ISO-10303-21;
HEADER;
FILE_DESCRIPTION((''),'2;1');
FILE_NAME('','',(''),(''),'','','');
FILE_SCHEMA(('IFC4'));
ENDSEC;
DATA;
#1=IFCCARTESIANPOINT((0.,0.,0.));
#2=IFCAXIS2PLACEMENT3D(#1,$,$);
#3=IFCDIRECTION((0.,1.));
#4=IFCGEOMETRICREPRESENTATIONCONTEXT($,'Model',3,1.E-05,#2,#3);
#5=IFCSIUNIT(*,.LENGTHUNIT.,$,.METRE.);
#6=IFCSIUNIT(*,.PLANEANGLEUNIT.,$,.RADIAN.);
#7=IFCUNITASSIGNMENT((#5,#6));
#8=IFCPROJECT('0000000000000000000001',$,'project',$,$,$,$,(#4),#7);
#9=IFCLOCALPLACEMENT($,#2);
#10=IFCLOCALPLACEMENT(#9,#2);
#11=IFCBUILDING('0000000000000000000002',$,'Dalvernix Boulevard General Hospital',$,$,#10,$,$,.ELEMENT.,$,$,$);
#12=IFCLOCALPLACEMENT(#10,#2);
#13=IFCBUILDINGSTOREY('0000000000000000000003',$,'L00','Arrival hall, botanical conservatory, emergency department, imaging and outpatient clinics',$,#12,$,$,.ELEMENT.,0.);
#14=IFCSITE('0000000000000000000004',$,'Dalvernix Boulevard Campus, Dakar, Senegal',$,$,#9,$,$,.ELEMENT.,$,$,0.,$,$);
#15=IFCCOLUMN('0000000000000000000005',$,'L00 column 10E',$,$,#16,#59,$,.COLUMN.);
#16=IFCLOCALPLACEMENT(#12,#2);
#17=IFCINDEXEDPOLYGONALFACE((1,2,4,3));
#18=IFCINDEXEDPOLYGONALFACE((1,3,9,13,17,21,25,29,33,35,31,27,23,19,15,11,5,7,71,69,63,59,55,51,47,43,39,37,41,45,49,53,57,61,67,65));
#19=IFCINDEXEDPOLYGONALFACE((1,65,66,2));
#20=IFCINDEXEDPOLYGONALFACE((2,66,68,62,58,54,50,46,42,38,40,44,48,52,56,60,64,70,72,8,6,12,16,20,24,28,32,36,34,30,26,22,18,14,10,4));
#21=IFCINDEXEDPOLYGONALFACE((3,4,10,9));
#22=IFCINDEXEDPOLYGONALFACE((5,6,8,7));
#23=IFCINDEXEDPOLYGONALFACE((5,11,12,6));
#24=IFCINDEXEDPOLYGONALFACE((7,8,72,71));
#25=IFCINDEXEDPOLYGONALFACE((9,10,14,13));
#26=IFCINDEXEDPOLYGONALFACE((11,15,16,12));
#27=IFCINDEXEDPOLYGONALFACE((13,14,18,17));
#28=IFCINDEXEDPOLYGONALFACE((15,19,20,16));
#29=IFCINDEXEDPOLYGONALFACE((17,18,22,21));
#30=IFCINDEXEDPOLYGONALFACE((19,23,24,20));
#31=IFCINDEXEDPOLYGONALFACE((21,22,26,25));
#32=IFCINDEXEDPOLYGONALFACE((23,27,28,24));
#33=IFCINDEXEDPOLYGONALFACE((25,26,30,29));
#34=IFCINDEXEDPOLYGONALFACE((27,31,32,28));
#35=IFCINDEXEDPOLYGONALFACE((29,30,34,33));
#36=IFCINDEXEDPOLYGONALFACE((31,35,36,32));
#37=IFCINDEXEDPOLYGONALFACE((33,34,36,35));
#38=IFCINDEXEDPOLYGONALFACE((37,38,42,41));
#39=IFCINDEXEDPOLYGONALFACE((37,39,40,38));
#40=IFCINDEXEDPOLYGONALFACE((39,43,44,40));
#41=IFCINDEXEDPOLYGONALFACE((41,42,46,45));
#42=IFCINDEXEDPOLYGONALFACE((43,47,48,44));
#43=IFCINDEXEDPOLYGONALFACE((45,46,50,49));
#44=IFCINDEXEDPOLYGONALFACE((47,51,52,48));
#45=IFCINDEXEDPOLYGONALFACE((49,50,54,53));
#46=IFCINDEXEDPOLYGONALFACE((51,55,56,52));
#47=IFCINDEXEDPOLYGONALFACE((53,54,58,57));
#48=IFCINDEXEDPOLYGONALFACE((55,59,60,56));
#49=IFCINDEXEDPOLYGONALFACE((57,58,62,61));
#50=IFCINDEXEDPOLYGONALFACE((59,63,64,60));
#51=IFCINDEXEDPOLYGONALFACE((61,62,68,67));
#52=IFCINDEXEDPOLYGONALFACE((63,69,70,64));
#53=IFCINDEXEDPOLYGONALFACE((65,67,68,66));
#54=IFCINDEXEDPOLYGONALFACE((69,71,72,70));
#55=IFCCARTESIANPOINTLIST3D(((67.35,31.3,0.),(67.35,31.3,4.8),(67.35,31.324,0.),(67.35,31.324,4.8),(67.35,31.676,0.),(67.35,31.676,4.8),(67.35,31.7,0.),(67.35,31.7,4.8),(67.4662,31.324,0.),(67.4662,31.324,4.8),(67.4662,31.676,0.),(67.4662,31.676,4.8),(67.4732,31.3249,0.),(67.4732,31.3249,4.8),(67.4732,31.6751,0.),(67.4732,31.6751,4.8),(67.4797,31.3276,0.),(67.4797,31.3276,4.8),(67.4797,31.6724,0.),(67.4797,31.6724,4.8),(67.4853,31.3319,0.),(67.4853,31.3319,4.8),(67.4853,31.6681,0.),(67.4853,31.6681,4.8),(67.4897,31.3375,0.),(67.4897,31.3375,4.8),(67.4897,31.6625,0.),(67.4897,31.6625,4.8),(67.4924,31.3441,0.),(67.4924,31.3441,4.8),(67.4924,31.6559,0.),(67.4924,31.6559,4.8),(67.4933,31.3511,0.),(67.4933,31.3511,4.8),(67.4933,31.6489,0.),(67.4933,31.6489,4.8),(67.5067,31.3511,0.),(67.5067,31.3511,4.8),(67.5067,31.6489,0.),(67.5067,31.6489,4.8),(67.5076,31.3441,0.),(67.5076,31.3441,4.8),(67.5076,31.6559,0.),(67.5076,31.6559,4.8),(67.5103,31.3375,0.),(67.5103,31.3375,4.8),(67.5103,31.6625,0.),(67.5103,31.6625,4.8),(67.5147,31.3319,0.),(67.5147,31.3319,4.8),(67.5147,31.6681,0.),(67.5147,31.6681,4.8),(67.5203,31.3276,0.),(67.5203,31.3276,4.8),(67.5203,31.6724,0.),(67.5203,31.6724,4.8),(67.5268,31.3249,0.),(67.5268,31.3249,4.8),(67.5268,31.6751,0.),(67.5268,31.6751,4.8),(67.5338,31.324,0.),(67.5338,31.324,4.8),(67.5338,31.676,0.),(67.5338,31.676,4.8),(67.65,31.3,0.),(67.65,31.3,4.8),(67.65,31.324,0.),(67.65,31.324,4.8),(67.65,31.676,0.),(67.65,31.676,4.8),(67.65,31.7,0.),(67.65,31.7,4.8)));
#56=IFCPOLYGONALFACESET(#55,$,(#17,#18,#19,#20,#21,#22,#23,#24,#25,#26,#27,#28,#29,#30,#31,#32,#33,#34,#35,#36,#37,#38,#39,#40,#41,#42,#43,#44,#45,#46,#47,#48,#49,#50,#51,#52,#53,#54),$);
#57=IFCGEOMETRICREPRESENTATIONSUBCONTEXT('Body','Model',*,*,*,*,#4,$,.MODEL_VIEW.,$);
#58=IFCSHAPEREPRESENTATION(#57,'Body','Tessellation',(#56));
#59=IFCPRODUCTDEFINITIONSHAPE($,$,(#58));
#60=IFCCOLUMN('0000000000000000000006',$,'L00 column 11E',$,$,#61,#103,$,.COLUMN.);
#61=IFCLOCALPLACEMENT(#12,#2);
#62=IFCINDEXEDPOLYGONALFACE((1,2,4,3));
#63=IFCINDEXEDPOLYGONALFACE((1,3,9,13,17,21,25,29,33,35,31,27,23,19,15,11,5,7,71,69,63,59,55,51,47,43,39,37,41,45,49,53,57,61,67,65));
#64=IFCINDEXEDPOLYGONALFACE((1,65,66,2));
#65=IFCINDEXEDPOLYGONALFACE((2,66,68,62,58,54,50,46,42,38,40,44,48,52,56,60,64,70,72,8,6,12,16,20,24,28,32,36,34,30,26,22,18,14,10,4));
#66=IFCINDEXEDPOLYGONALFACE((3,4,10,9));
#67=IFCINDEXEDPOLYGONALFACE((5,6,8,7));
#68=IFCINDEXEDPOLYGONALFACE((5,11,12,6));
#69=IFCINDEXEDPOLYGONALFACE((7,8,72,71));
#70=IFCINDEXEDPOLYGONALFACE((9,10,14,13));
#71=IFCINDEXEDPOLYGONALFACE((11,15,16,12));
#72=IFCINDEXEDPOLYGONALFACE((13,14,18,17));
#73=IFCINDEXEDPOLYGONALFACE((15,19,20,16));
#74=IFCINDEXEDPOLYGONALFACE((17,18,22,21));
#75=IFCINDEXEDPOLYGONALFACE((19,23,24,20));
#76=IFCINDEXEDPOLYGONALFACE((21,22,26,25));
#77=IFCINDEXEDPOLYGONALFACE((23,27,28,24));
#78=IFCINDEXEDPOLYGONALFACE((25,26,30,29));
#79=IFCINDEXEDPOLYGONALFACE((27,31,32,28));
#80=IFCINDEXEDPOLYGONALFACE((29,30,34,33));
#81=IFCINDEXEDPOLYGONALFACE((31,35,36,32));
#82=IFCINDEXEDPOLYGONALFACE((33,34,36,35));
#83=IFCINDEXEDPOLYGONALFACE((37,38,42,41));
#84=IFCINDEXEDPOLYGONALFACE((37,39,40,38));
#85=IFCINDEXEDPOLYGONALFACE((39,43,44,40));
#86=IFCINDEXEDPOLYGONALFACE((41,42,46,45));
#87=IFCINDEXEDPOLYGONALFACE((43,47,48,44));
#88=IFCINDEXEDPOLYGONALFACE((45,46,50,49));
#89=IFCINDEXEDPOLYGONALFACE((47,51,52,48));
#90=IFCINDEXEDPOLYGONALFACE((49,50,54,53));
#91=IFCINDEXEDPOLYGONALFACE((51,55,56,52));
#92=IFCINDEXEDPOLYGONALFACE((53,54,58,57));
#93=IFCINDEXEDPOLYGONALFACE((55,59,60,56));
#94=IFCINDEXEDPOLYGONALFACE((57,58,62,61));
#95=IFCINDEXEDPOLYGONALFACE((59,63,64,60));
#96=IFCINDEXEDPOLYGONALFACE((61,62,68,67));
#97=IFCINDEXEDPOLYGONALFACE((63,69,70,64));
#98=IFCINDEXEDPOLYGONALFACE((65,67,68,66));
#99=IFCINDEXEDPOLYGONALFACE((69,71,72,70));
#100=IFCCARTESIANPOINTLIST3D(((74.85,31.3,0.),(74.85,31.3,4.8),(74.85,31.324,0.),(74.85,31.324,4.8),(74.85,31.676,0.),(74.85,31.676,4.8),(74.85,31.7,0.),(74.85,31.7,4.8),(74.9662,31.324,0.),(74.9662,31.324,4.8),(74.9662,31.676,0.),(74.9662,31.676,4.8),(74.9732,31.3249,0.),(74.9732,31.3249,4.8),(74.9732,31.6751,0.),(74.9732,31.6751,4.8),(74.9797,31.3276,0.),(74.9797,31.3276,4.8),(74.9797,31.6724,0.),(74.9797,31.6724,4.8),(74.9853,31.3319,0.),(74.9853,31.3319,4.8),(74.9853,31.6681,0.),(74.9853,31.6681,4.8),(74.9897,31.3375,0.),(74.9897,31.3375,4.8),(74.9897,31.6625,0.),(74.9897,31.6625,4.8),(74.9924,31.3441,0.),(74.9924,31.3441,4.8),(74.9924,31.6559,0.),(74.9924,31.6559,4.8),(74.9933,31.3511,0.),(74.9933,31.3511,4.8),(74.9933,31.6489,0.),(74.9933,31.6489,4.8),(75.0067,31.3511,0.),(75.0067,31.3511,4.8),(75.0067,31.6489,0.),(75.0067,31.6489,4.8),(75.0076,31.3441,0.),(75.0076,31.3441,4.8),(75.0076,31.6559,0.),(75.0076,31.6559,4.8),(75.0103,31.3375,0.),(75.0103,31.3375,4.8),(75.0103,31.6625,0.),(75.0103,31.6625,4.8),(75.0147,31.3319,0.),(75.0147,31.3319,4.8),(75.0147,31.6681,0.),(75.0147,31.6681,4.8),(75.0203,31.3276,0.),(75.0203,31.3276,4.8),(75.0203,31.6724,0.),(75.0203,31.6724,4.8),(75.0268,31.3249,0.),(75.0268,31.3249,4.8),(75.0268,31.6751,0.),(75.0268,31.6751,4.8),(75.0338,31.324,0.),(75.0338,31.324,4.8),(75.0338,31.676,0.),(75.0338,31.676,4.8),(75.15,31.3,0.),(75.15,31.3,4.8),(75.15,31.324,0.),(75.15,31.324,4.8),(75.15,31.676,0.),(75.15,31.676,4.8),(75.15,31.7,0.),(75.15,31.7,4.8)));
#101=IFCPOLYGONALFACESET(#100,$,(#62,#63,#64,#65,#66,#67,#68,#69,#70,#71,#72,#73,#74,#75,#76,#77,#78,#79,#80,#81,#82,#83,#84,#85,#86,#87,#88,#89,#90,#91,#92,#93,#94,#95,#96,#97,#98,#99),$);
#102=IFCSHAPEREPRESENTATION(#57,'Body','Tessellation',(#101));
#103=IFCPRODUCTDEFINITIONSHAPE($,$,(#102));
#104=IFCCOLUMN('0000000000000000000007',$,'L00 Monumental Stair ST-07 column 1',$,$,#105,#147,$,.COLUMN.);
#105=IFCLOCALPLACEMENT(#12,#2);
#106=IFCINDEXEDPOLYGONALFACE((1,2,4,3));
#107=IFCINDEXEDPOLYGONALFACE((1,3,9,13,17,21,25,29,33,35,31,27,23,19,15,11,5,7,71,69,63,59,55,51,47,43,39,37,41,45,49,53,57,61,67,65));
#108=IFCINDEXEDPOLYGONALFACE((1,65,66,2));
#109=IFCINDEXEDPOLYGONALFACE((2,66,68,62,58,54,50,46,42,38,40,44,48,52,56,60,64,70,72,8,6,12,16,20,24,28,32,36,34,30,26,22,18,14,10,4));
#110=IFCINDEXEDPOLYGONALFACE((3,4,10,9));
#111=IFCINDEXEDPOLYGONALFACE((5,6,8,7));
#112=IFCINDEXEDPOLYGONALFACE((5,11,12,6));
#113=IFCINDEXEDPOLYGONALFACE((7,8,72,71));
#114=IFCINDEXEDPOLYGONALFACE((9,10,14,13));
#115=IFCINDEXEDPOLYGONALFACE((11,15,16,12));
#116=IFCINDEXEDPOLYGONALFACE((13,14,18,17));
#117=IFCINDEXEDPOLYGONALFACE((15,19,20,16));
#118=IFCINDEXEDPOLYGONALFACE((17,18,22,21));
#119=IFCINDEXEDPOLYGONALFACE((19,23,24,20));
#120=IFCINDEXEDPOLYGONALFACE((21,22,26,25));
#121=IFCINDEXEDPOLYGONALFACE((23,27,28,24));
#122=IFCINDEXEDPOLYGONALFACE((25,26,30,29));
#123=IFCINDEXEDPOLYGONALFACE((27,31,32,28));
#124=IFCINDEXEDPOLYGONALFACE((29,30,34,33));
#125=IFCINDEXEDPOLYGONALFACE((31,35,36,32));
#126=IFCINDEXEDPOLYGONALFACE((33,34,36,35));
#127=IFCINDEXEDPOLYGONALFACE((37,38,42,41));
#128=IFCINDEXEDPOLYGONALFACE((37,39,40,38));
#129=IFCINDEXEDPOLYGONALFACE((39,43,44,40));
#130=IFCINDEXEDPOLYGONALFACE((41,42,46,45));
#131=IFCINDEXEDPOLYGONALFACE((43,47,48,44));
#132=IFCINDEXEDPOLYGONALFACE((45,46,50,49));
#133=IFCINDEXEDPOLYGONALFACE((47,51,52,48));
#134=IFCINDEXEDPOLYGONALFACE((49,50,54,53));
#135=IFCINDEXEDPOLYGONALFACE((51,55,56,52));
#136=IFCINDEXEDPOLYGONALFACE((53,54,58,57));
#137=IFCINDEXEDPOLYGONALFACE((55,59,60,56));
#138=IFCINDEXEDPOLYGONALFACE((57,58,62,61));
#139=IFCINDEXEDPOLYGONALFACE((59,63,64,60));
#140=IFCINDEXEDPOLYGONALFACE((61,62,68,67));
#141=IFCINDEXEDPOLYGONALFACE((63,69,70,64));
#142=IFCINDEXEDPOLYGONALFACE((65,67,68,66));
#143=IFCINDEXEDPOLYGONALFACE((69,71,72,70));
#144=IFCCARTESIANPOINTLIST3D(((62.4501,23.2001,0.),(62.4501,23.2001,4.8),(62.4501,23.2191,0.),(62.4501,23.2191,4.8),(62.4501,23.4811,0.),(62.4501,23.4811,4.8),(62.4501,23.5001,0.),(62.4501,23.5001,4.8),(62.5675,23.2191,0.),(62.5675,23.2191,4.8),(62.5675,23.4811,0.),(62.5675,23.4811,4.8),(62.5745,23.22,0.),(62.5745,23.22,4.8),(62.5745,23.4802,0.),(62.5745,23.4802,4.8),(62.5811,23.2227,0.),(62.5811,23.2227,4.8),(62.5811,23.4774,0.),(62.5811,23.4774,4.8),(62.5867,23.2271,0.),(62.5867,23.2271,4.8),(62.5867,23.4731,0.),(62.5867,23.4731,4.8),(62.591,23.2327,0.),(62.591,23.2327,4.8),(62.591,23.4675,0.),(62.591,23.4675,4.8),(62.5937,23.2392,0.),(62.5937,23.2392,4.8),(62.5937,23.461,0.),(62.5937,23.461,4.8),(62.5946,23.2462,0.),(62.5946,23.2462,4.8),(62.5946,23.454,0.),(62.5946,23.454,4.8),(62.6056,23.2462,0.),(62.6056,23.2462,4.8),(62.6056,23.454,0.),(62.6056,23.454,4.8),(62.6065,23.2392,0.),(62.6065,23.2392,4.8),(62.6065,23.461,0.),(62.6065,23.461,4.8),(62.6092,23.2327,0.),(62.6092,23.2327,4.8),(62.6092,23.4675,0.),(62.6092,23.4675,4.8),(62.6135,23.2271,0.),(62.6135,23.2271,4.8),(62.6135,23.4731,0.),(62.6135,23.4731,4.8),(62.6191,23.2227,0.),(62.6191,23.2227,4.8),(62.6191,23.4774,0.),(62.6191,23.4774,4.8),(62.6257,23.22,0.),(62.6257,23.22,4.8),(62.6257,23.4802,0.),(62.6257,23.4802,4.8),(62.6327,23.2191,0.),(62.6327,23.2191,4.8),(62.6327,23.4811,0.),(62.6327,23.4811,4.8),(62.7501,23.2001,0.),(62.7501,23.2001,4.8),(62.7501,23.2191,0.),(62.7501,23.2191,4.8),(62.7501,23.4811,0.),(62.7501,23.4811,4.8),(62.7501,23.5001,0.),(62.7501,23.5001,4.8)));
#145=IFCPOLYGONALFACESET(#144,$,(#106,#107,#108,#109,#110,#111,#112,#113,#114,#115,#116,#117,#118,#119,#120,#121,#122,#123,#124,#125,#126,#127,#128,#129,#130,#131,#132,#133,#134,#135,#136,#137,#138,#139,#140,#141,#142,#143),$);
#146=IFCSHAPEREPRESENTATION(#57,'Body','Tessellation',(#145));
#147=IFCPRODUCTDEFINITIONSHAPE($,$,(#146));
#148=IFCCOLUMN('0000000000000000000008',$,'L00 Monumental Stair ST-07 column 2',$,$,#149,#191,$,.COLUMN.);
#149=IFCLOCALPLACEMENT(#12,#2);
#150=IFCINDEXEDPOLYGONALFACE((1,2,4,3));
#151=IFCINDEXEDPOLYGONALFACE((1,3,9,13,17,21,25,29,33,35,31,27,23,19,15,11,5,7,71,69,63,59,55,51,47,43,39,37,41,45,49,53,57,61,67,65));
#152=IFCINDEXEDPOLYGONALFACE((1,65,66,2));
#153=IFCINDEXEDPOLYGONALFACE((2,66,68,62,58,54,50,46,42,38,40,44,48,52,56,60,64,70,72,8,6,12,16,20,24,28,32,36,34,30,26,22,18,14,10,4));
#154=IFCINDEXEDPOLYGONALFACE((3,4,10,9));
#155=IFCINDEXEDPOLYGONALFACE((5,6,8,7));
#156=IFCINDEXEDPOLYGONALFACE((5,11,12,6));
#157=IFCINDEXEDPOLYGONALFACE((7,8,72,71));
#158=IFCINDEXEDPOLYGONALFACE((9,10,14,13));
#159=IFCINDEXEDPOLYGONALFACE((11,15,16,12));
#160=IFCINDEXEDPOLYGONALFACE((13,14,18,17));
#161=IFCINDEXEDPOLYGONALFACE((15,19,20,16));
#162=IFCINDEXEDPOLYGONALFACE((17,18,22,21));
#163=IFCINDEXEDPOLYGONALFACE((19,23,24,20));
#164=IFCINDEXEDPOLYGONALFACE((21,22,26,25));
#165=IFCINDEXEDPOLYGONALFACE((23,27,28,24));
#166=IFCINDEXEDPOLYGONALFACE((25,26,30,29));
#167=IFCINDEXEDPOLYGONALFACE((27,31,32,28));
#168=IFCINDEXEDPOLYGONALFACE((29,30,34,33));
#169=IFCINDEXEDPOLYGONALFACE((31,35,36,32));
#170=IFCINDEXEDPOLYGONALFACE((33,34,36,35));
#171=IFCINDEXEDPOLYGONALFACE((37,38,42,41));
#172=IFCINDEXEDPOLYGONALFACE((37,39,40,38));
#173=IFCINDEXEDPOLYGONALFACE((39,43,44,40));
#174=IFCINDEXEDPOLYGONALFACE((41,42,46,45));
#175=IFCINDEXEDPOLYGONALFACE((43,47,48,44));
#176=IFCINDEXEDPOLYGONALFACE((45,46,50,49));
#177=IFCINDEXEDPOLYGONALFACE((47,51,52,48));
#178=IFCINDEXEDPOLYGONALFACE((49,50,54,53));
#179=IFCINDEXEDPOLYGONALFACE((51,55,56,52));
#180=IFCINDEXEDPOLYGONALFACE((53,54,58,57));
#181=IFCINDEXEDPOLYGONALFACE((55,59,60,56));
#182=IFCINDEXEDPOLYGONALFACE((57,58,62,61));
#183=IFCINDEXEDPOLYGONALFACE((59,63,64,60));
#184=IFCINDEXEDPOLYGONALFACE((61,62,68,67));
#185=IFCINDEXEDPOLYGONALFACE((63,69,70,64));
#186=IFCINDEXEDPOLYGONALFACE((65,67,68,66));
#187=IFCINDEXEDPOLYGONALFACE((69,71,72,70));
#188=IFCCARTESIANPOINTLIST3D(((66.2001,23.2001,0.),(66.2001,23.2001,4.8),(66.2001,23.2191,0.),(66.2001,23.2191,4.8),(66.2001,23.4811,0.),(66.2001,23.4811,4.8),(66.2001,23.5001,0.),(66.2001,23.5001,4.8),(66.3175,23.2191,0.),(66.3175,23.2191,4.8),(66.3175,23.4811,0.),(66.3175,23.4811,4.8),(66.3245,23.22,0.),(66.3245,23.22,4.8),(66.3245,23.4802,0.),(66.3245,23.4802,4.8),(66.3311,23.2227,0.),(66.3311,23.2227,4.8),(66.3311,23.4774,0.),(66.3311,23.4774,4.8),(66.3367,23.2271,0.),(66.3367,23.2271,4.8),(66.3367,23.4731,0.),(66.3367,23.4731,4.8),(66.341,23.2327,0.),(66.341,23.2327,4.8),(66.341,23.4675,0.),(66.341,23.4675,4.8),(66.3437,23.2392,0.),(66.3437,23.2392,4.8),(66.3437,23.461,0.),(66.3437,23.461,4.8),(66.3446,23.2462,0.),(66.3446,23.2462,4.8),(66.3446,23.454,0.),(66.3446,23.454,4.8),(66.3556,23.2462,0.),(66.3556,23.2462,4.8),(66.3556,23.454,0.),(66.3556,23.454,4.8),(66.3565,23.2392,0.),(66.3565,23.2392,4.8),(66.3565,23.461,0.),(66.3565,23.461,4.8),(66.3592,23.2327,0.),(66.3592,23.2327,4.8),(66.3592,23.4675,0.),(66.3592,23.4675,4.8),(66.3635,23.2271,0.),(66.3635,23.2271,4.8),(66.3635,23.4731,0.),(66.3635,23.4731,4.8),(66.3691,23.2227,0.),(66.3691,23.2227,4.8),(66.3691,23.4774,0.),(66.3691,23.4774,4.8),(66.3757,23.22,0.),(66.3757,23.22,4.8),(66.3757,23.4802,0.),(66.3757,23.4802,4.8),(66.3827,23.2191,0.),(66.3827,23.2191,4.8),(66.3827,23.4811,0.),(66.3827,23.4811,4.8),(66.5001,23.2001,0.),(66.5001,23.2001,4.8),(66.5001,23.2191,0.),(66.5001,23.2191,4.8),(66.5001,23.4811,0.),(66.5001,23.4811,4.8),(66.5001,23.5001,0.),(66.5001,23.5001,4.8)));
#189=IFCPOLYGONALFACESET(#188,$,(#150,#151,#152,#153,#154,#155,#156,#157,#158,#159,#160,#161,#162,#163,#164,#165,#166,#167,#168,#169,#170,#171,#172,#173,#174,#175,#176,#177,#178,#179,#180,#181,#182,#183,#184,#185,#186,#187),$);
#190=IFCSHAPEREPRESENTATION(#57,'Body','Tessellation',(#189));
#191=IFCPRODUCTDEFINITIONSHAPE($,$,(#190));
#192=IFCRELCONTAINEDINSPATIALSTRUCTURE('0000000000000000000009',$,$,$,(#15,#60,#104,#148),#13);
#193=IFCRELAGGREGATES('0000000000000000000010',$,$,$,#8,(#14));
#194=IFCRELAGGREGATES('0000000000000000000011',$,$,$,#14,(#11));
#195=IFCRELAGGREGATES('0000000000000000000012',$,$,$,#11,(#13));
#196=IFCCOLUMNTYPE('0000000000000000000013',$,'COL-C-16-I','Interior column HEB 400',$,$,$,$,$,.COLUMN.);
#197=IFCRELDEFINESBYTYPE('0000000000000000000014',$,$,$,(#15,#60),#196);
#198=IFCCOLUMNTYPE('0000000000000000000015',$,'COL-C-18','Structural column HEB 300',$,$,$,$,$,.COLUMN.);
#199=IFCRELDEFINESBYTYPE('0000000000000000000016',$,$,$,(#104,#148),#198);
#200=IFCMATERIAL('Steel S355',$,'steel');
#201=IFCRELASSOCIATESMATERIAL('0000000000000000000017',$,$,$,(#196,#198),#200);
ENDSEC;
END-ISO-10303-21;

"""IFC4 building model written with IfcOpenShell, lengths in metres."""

from ifc_helpers import new_model, si_unit, direction, frame, origin, origin_2d, place, context, subcontext, project, spatial, i_section, extrude, material, material_profile, profile_set, type_object, element, save


model = new_model("IFC4")

# Units and contexts
model_context = context("Model", 3, precision=1e-05, world=origin(), true_north=direction((0.0, 1.0)))
body_context = subcontext(model_context, "Body", "Model", "MODEL_VIEW")
ifc_project = project(units=[si_unit("LENGTHUNIT", "METRE"), si_unit("PLANEANGLEUNIT", "RADIAN")], contexts=[model_context])

# Site, building, storey
site_placement = place(None, origin())
site = spatial("IfcSite", under=ifc_project, at=site_placement, Name="Dalvernix Boulevard Campus, Dakar, Senegal", CompositionType="ELEMENT", RefElevation=0.0)
building_placement = place(site_placement, origin())
building = spatial("IfcBuilding", under=site, at=building_placement, Name="Dalvernix Boulevard General Hospital", CompositionType="ELEMENT")
storey_placement = place(building_placement, origin())
storey = spatial("IfcBuildingStorey", under=building, at=storey_placement, Name="L00", Description="Arrival hall, botanical conservatory, emergency department, imaging and outpatient clinics", CompositionType="ELEMENT", Elevation=0.0)

# Columns
ifc_material_1 = material(Name="Steel S355", Category="steel")
ifc_material_profile_1 = material_profile(ifc_material_1, i_section(OverallWidth=0.3, OverallDepth=0.3999, WebThickness=0.0134, FlangeThickness=0.0239, FilletRadius=0.0271, at=origin_2d()), Name="HEB 400")
ifc_profile_set_1 = profile_set([ifc_material_profile_1], Name="Steel S355")
column_type_1 = type_object("IfcColumnType", Name="COL-C-16-I", Description="Interior column HEB 400", PredefinedType="COLUMN", material=ifc_profile_set_1)
for number, where, z_axis, x_axis, name in (
    (1, (67.5, 31.5, 0.0), (0.0, 0.0, 1.0), (1.0, 0.0, 0.0), "L00 column 10E"),
    (2, (75.0, 31.5, 0.0), (0.0, 0.0, 1.0), (1.0, 0.0, 0.0), "L00 column 11E"),
):
    element("IfcColumn", number, at=place(storey_placement, frame(where, z_axis=z_axis, x_axis=x_axis)), inside=storey, type_object=column_type_1, Name=name, PredefinedType="COLUMN", context=body_context, shape_type="SweptSolid", body=[
        extrude(i_section(OverallWidth=0.3, OverallDepth=0.3999, WebThickness=0.0134, FlangeThickness=0.0239, FilletRadius=0.0271, at=origin_2d()), origin(), (0.0, 0.0, 1.0), 4.8),
    ])
ifc_material_profile_2 = material_profile(ifc_material_1, i_section(OverallWidth=0.3, OverallDepth=0.3, WebThickness=0.011, FlangeThickness=0.019, FilletRadius=0.0271, at=origin_2d()), Name="HEB 300")
ifc_profile_set_2 = profile_set([ifc_material_profile_2], Name="Steel S355")
column_type_2 = type_object("IfcColumnType", Name="COL-C-18", Description="Structural column HEB 300", PredefinedType="COLUMN", material=ifc_profile_set_2)
for number, where, z_axis, x_axis, name in (
    (3, (62.6001, 23.3501, 0.0), (0.0, 0.0, 1.0), (1.0, 0.0, 0.0), "L00 Monumental Stair ST-07 column 1"),
    (4, (66.3501, 23.3501, 0.0), (0.0, 0.0, 1.0), (1.0, 0.0, 0.0), "L00 Monumental Stair ST-07 column 2"),
):
    element("IfcColumn", number, at=place(storey_placement, frame(where, z_axis=z_axis, x_axis=x_axis)), inside=storey, type_object=column_type_2, Name=name, PredefinedType="COLUMN", context=body_context, shape_type="SweptSolid", body=[
        extrude(i_section(OverallWidth=0.3, OverallDepth=0.3, WebThickness=0.011, FlangeThickness=0.019, FilletRadius=0.0271, at=origin_2d()), origin(), (0.0, 0.0, 1.0), 4.8),
    ])

save(model, "model.ifc")
